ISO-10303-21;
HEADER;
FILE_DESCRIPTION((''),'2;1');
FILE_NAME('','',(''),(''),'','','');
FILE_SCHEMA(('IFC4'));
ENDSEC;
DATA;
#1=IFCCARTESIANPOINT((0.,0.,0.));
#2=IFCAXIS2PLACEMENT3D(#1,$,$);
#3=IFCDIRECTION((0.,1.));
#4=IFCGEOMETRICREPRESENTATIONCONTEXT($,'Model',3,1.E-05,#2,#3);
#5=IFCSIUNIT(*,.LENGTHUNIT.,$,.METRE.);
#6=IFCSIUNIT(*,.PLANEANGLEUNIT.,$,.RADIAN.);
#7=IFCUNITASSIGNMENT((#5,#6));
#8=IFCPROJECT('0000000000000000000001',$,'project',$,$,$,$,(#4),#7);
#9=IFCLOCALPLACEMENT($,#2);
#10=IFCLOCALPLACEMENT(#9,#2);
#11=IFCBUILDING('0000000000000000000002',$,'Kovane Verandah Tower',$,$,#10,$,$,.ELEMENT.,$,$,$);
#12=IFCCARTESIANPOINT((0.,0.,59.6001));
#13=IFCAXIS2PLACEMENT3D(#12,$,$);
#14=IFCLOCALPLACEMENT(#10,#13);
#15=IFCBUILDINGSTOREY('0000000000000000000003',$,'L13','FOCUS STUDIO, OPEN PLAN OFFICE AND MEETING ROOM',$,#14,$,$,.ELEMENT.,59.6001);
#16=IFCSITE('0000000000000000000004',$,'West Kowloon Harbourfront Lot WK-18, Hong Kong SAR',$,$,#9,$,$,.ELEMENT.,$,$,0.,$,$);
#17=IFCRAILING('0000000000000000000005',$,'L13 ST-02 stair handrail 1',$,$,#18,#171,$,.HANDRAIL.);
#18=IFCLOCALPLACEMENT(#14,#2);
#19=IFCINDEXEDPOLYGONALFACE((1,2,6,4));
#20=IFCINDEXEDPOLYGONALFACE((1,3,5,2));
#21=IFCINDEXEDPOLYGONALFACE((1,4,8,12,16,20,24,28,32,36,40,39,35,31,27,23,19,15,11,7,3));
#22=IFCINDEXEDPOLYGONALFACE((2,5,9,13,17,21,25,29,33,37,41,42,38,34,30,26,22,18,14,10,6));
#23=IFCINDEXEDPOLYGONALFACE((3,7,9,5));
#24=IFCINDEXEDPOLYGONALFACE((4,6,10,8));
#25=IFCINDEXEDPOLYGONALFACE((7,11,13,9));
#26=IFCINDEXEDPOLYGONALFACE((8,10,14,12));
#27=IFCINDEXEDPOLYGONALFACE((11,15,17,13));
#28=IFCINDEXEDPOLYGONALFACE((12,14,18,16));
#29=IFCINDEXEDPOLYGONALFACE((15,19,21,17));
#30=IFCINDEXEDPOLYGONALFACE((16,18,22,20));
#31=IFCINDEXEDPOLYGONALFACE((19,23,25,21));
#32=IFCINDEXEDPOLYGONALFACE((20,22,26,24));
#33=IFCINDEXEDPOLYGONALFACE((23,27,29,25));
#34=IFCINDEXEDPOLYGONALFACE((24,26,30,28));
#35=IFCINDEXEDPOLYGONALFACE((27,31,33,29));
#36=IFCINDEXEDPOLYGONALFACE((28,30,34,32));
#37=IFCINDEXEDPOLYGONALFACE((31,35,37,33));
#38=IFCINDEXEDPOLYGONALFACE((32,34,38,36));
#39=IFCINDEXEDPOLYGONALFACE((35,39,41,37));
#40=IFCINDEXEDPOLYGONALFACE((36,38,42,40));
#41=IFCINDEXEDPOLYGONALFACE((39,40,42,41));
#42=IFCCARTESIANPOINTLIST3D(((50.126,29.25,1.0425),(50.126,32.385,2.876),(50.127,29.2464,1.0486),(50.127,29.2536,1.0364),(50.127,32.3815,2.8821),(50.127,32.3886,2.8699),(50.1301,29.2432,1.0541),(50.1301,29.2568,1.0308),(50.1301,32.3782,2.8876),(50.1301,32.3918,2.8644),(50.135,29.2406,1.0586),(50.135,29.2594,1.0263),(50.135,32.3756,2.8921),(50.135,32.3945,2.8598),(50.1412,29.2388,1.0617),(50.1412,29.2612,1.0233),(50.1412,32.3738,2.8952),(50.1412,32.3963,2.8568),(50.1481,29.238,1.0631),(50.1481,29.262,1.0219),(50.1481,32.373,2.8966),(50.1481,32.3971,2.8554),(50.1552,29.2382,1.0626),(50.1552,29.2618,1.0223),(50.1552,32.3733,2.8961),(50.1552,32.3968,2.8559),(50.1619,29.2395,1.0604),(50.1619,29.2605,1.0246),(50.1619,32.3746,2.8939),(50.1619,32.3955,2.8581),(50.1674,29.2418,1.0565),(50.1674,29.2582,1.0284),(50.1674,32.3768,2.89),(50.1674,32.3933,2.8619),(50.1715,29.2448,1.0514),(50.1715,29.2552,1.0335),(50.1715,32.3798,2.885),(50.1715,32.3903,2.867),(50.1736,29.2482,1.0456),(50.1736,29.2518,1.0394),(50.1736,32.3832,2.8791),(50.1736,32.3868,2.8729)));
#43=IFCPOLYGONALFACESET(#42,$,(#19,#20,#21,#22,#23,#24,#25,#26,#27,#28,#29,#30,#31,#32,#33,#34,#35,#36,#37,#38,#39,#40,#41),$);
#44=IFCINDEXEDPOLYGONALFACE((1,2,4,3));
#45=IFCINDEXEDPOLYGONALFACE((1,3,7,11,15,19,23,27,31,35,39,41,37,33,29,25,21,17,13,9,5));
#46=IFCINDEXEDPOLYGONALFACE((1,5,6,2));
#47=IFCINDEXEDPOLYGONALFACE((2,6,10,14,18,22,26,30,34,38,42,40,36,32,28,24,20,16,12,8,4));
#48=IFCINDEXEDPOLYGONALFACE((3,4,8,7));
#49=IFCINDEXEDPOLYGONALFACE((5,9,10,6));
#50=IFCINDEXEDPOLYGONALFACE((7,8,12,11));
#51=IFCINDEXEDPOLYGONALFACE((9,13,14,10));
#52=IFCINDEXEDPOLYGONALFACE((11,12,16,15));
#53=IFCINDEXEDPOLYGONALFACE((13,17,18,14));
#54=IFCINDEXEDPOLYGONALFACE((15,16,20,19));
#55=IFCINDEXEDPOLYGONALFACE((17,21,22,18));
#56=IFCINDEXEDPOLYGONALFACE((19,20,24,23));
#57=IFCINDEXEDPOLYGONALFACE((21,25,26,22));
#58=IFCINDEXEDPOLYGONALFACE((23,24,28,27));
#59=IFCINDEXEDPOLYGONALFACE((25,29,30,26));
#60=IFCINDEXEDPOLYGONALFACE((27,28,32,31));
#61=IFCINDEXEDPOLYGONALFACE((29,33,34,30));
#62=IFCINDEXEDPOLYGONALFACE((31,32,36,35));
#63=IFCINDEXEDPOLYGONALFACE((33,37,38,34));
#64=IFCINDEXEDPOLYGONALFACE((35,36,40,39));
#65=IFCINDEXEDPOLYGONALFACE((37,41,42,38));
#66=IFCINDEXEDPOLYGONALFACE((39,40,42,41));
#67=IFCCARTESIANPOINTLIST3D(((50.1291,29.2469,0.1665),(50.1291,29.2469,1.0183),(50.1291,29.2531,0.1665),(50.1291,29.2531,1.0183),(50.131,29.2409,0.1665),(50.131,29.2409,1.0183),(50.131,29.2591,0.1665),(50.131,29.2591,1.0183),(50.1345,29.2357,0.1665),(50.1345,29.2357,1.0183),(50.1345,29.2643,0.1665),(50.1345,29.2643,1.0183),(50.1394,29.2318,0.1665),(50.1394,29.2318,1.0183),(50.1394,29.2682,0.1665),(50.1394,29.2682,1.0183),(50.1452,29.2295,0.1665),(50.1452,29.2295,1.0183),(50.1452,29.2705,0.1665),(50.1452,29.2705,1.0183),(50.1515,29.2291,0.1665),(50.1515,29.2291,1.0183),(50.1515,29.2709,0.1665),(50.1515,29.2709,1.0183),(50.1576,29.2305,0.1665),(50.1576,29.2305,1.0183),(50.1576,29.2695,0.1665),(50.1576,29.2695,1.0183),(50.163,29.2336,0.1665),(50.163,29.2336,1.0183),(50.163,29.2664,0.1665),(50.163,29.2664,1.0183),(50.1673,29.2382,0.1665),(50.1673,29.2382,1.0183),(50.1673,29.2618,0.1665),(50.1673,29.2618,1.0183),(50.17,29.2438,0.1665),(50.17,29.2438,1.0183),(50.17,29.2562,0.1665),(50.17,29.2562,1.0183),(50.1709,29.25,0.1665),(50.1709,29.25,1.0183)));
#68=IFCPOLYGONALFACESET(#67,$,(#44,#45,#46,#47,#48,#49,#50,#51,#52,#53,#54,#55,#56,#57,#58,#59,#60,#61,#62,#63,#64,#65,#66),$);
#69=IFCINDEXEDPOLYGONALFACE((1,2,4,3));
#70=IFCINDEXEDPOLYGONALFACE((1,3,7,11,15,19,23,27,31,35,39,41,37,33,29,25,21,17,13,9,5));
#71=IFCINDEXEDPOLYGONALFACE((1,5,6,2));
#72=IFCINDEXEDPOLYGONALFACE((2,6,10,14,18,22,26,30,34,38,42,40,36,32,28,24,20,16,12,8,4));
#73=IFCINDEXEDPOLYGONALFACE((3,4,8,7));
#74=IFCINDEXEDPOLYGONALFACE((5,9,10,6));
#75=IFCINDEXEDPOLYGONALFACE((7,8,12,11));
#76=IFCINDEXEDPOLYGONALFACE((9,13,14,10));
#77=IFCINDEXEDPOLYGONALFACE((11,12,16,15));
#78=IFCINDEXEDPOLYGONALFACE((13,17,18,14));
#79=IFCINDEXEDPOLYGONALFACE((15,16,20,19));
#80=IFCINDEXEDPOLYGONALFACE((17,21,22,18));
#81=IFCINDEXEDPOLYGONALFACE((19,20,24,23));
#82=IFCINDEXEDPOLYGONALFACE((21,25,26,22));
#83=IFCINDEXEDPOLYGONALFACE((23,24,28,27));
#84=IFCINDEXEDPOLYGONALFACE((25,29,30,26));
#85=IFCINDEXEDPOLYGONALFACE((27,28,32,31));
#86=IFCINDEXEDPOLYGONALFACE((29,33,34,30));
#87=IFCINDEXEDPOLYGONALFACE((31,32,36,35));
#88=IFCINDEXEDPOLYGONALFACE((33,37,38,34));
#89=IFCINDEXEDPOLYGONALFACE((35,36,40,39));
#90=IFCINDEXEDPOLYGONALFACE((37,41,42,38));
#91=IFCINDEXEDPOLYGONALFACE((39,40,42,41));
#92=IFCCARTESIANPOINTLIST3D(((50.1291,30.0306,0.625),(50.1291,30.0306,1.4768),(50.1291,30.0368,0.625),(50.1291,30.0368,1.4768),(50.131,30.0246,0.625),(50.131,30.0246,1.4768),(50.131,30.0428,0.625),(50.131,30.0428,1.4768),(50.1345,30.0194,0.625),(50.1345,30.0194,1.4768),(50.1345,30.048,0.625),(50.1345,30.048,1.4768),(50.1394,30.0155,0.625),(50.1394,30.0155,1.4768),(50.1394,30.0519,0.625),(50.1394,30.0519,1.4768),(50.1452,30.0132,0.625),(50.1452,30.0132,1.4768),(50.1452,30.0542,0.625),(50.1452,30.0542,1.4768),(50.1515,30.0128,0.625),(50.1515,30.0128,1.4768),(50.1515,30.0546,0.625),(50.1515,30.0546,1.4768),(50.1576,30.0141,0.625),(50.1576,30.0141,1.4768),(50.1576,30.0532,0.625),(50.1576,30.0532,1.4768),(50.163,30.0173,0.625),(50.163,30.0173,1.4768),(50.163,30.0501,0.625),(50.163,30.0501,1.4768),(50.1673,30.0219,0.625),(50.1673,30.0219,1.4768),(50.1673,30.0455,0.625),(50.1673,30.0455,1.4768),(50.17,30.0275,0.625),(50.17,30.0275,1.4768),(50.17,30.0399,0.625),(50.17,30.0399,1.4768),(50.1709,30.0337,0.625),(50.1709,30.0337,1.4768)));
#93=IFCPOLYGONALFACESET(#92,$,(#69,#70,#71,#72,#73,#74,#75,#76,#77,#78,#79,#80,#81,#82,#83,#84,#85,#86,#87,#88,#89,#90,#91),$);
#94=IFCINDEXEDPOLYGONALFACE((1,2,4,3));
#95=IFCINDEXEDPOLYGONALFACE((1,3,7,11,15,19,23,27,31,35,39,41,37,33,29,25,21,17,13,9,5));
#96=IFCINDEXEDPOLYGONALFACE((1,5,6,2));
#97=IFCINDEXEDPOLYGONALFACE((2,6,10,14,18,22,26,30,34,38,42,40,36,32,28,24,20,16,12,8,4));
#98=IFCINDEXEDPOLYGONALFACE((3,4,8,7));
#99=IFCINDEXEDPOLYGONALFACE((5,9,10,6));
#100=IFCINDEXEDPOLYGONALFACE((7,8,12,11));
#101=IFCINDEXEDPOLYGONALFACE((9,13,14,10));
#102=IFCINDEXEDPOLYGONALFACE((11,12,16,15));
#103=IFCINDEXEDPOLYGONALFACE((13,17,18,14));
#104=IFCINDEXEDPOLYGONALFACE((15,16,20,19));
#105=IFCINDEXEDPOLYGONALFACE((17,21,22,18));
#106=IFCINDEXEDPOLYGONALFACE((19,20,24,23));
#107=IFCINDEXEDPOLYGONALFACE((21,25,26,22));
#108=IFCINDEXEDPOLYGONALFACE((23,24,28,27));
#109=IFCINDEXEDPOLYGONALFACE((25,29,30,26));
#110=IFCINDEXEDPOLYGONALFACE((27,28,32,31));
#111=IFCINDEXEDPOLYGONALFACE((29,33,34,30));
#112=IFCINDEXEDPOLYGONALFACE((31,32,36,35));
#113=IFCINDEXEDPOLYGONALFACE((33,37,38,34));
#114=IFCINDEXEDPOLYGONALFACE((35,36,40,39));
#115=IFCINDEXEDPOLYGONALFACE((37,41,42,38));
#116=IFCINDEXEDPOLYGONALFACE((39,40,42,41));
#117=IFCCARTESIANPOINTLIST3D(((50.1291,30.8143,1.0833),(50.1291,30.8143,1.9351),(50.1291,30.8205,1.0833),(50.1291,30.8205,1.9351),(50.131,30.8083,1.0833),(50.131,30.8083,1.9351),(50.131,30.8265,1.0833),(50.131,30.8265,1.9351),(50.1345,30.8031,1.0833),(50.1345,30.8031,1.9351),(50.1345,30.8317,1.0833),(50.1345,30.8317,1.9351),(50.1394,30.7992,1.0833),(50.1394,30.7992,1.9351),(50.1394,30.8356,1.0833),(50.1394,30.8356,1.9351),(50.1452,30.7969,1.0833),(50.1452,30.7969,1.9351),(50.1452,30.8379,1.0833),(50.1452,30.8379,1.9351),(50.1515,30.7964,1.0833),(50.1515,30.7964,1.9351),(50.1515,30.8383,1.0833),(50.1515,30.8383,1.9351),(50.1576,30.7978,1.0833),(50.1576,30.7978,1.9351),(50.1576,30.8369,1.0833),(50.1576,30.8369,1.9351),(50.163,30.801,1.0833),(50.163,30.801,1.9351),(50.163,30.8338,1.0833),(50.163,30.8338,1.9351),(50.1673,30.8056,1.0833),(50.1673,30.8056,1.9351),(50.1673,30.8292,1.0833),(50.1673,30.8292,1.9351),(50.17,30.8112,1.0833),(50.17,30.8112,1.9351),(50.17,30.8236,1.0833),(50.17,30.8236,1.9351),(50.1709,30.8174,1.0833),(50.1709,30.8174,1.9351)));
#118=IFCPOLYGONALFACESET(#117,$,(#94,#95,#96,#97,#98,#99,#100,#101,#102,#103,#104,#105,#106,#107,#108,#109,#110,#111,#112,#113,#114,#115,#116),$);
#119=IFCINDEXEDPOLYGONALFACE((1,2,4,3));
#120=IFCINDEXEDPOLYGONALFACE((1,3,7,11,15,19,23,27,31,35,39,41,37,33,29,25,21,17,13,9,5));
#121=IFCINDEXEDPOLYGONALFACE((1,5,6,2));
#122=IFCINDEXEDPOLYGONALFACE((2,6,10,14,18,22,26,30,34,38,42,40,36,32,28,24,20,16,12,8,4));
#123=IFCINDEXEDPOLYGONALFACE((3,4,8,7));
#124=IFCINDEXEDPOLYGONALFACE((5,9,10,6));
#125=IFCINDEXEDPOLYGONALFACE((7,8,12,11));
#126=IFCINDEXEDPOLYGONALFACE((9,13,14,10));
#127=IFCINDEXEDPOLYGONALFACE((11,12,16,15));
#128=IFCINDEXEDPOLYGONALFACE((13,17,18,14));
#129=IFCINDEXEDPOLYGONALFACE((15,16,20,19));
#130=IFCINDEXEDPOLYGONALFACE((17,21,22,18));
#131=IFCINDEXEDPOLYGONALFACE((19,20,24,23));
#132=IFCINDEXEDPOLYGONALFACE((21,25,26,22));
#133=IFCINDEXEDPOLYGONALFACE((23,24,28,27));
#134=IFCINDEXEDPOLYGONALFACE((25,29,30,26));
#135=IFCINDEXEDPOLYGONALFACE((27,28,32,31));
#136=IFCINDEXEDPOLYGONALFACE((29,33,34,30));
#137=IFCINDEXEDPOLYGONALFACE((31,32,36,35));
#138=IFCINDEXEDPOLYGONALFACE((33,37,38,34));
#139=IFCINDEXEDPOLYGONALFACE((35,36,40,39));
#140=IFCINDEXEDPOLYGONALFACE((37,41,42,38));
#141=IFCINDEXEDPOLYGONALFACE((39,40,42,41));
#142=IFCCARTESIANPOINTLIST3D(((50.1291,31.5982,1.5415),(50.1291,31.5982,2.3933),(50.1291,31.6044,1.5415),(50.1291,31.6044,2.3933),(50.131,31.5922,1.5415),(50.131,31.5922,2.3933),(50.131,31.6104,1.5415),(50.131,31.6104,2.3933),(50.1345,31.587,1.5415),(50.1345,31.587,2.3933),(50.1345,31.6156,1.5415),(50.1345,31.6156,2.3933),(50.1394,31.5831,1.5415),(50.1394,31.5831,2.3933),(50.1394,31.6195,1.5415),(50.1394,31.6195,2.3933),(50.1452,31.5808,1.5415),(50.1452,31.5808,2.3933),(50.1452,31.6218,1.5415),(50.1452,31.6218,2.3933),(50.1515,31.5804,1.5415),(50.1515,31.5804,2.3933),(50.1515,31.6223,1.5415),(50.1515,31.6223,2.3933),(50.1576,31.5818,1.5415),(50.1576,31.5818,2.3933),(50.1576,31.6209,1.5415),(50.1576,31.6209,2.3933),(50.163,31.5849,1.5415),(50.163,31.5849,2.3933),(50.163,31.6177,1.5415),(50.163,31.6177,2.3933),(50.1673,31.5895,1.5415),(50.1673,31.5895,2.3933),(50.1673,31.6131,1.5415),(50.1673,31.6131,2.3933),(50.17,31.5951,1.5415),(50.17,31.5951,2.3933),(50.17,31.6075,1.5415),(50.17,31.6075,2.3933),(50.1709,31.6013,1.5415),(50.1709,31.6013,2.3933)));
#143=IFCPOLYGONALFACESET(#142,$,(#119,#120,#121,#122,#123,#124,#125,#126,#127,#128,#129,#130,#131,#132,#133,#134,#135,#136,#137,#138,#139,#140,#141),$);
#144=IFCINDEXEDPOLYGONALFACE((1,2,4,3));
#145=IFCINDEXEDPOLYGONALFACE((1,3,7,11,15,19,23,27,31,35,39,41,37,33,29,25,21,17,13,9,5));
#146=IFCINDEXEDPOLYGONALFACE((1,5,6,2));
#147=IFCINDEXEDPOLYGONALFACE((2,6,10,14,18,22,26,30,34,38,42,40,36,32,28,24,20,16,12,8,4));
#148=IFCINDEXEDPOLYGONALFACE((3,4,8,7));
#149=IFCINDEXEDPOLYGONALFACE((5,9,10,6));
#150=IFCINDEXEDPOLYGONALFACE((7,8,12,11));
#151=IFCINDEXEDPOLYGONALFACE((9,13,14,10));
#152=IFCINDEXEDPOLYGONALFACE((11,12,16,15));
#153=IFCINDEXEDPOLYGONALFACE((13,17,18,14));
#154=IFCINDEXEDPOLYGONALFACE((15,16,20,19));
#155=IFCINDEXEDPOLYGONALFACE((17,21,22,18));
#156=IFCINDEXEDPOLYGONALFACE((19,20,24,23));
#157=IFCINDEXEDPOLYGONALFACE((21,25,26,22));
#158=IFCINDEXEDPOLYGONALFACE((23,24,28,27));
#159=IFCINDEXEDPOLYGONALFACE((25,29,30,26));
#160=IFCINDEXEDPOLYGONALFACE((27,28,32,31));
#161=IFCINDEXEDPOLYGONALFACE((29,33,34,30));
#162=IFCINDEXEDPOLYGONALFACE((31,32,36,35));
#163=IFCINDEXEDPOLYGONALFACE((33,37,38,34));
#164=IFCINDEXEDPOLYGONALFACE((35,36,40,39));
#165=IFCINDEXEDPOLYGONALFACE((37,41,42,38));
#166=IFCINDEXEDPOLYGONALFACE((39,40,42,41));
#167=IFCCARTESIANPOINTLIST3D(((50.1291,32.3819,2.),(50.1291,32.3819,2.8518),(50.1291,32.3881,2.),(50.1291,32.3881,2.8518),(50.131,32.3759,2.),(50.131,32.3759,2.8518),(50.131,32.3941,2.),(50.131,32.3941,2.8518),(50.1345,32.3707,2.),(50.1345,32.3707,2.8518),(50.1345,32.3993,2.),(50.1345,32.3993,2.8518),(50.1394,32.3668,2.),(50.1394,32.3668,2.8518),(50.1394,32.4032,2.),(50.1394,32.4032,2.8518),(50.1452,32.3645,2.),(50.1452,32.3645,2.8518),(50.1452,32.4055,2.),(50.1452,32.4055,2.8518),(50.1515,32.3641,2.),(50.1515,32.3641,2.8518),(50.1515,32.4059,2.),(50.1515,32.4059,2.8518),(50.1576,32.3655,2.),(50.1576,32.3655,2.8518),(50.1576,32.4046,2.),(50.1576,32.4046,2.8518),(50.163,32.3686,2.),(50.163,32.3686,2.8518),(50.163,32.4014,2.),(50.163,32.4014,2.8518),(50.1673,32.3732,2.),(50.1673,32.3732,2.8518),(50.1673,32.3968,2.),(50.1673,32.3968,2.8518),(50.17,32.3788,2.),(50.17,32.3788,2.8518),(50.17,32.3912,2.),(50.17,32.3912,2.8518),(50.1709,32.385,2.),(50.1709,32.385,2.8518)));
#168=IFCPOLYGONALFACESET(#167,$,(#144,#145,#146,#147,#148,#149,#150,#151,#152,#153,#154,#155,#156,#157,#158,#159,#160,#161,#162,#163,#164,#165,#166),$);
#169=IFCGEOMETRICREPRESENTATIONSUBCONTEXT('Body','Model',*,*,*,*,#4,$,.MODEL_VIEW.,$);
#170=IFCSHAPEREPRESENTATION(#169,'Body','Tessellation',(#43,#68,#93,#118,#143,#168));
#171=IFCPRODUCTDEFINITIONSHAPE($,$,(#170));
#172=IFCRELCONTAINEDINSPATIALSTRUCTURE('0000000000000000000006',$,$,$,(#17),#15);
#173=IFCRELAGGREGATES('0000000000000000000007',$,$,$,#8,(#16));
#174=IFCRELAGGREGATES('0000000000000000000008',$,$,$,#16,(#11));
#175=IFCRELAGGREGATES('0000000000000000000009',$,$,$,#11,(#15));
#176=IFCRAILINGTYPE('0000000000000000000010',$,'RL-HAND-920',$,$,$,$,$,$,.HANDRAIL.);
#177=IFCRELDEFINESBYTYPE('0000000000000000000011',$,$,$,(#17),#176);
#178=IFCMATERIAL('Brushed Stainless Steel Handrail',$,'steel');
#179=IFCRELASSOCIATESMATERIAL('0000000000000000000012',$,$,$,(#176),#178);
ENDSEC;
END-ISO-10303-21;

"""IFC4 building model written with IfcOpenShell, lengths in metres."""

from ifc_helpers import new_model, si_unit, direction, frame, origin, origin_2d, place, context, subcontext, project, spatial, circle, extrude, material, type_object, element, save


model = new_model("IFC4")

# Units and contexts
model_context = context("Model", 3, precision=1e-05, world=origin(), true_north=direction((0.0, 1.0)))
body_context = subcontext(model_context, "Body", "Model", "MODEL_VIEW")
ifc_project = project(units=[si_unit("LENGTHUNIT", "METRE"), si_unit("PLANEANGLEUNIT", "RADIAN")], contexts=[model_context])

# Site, building, storey
site_placement = place(None, origin())
site = spatial("IfcSite", under=ifc_project, at=site_placement, Name="West Kowloon Harbourfront Lot WK-18, Hong Kong SAR", CompositionType="ELEMENT", RefElevation=0.0)
building_placement = place(site_placement, origin())
building = spatial("IfcBuilding", under=site, at=building_placement, Name="Kovane Verandah Tower", CompositionType="ELEMENT")
storey_placement = place(building_placement, frame((0.0, 0.0, 59.6001)))
storey = spatial("IfcBuildingStorey", under=building, at=storey_placement, Name="L13", Description="FOCUS STUDIO, OPEN PLAN OFFICE AND MEETING ROOM", CompositionType="ELEMENT", Elevation=59.6001)

# Railing
ifc_material_1 = material(Name="Brushed Stainless Steel Handrail", Category="steel")
railing_type_1 = type_object("IfcRailingType", Name="RL-HAND-920", PredefinedType="HANDRAIL", material=ifc_material_1)
railing_1_placement = place(storey_placement, frame((50.1499, 29.25, 0.1665)))
element("IfcRailing", 1, at=railing_1_placement, inside=storey, type_object=railing_type_1, Name="L13 ST-02 stair handrail 1", PredefinedType="HANDRAIL", context=body_context, shape_type="SweptSolid", body=[
    extrude(circle(Radius=0.0239, at=origin_2d()), frame((0.0, 0.0, 0.876), z_axis=(0.0, 0.86321, 0.504845), x_axis=(-1.0, 0.0, 0.0)), (0.0, 0.0, 1.0), 3.6318),
    extrude(circle(Radius=0.021, at=origin_2d()), origin(), (0.0, 0.0, 1.0), 0.8518),
    extrude(circle(Radius=0.021, at=origin_2d()), frame((0.0, 0.7837, 0.4585)), (0.0, 0.0, 1.0), 0.8518),
    extrude(circle(Radius=0.021, at=origin_2d()), frame((0.0, 1.5674, 0.9167)), (0.0, 0.0, 1.0), 0.8518),
    extrude(circle(Radius=0.021, at=origin_2d()), frame((0.0, 2.3513, 1.375)), (0.0, 0.0, 1.0), 0.8518),
    extrude(circle(Radius=0.021, at=origin_2d()), frame((0.0, 3.135, 1.8335)), (0.0, 0.0, 1.0), 0.8518),
])

save(model, "model.ifc")
